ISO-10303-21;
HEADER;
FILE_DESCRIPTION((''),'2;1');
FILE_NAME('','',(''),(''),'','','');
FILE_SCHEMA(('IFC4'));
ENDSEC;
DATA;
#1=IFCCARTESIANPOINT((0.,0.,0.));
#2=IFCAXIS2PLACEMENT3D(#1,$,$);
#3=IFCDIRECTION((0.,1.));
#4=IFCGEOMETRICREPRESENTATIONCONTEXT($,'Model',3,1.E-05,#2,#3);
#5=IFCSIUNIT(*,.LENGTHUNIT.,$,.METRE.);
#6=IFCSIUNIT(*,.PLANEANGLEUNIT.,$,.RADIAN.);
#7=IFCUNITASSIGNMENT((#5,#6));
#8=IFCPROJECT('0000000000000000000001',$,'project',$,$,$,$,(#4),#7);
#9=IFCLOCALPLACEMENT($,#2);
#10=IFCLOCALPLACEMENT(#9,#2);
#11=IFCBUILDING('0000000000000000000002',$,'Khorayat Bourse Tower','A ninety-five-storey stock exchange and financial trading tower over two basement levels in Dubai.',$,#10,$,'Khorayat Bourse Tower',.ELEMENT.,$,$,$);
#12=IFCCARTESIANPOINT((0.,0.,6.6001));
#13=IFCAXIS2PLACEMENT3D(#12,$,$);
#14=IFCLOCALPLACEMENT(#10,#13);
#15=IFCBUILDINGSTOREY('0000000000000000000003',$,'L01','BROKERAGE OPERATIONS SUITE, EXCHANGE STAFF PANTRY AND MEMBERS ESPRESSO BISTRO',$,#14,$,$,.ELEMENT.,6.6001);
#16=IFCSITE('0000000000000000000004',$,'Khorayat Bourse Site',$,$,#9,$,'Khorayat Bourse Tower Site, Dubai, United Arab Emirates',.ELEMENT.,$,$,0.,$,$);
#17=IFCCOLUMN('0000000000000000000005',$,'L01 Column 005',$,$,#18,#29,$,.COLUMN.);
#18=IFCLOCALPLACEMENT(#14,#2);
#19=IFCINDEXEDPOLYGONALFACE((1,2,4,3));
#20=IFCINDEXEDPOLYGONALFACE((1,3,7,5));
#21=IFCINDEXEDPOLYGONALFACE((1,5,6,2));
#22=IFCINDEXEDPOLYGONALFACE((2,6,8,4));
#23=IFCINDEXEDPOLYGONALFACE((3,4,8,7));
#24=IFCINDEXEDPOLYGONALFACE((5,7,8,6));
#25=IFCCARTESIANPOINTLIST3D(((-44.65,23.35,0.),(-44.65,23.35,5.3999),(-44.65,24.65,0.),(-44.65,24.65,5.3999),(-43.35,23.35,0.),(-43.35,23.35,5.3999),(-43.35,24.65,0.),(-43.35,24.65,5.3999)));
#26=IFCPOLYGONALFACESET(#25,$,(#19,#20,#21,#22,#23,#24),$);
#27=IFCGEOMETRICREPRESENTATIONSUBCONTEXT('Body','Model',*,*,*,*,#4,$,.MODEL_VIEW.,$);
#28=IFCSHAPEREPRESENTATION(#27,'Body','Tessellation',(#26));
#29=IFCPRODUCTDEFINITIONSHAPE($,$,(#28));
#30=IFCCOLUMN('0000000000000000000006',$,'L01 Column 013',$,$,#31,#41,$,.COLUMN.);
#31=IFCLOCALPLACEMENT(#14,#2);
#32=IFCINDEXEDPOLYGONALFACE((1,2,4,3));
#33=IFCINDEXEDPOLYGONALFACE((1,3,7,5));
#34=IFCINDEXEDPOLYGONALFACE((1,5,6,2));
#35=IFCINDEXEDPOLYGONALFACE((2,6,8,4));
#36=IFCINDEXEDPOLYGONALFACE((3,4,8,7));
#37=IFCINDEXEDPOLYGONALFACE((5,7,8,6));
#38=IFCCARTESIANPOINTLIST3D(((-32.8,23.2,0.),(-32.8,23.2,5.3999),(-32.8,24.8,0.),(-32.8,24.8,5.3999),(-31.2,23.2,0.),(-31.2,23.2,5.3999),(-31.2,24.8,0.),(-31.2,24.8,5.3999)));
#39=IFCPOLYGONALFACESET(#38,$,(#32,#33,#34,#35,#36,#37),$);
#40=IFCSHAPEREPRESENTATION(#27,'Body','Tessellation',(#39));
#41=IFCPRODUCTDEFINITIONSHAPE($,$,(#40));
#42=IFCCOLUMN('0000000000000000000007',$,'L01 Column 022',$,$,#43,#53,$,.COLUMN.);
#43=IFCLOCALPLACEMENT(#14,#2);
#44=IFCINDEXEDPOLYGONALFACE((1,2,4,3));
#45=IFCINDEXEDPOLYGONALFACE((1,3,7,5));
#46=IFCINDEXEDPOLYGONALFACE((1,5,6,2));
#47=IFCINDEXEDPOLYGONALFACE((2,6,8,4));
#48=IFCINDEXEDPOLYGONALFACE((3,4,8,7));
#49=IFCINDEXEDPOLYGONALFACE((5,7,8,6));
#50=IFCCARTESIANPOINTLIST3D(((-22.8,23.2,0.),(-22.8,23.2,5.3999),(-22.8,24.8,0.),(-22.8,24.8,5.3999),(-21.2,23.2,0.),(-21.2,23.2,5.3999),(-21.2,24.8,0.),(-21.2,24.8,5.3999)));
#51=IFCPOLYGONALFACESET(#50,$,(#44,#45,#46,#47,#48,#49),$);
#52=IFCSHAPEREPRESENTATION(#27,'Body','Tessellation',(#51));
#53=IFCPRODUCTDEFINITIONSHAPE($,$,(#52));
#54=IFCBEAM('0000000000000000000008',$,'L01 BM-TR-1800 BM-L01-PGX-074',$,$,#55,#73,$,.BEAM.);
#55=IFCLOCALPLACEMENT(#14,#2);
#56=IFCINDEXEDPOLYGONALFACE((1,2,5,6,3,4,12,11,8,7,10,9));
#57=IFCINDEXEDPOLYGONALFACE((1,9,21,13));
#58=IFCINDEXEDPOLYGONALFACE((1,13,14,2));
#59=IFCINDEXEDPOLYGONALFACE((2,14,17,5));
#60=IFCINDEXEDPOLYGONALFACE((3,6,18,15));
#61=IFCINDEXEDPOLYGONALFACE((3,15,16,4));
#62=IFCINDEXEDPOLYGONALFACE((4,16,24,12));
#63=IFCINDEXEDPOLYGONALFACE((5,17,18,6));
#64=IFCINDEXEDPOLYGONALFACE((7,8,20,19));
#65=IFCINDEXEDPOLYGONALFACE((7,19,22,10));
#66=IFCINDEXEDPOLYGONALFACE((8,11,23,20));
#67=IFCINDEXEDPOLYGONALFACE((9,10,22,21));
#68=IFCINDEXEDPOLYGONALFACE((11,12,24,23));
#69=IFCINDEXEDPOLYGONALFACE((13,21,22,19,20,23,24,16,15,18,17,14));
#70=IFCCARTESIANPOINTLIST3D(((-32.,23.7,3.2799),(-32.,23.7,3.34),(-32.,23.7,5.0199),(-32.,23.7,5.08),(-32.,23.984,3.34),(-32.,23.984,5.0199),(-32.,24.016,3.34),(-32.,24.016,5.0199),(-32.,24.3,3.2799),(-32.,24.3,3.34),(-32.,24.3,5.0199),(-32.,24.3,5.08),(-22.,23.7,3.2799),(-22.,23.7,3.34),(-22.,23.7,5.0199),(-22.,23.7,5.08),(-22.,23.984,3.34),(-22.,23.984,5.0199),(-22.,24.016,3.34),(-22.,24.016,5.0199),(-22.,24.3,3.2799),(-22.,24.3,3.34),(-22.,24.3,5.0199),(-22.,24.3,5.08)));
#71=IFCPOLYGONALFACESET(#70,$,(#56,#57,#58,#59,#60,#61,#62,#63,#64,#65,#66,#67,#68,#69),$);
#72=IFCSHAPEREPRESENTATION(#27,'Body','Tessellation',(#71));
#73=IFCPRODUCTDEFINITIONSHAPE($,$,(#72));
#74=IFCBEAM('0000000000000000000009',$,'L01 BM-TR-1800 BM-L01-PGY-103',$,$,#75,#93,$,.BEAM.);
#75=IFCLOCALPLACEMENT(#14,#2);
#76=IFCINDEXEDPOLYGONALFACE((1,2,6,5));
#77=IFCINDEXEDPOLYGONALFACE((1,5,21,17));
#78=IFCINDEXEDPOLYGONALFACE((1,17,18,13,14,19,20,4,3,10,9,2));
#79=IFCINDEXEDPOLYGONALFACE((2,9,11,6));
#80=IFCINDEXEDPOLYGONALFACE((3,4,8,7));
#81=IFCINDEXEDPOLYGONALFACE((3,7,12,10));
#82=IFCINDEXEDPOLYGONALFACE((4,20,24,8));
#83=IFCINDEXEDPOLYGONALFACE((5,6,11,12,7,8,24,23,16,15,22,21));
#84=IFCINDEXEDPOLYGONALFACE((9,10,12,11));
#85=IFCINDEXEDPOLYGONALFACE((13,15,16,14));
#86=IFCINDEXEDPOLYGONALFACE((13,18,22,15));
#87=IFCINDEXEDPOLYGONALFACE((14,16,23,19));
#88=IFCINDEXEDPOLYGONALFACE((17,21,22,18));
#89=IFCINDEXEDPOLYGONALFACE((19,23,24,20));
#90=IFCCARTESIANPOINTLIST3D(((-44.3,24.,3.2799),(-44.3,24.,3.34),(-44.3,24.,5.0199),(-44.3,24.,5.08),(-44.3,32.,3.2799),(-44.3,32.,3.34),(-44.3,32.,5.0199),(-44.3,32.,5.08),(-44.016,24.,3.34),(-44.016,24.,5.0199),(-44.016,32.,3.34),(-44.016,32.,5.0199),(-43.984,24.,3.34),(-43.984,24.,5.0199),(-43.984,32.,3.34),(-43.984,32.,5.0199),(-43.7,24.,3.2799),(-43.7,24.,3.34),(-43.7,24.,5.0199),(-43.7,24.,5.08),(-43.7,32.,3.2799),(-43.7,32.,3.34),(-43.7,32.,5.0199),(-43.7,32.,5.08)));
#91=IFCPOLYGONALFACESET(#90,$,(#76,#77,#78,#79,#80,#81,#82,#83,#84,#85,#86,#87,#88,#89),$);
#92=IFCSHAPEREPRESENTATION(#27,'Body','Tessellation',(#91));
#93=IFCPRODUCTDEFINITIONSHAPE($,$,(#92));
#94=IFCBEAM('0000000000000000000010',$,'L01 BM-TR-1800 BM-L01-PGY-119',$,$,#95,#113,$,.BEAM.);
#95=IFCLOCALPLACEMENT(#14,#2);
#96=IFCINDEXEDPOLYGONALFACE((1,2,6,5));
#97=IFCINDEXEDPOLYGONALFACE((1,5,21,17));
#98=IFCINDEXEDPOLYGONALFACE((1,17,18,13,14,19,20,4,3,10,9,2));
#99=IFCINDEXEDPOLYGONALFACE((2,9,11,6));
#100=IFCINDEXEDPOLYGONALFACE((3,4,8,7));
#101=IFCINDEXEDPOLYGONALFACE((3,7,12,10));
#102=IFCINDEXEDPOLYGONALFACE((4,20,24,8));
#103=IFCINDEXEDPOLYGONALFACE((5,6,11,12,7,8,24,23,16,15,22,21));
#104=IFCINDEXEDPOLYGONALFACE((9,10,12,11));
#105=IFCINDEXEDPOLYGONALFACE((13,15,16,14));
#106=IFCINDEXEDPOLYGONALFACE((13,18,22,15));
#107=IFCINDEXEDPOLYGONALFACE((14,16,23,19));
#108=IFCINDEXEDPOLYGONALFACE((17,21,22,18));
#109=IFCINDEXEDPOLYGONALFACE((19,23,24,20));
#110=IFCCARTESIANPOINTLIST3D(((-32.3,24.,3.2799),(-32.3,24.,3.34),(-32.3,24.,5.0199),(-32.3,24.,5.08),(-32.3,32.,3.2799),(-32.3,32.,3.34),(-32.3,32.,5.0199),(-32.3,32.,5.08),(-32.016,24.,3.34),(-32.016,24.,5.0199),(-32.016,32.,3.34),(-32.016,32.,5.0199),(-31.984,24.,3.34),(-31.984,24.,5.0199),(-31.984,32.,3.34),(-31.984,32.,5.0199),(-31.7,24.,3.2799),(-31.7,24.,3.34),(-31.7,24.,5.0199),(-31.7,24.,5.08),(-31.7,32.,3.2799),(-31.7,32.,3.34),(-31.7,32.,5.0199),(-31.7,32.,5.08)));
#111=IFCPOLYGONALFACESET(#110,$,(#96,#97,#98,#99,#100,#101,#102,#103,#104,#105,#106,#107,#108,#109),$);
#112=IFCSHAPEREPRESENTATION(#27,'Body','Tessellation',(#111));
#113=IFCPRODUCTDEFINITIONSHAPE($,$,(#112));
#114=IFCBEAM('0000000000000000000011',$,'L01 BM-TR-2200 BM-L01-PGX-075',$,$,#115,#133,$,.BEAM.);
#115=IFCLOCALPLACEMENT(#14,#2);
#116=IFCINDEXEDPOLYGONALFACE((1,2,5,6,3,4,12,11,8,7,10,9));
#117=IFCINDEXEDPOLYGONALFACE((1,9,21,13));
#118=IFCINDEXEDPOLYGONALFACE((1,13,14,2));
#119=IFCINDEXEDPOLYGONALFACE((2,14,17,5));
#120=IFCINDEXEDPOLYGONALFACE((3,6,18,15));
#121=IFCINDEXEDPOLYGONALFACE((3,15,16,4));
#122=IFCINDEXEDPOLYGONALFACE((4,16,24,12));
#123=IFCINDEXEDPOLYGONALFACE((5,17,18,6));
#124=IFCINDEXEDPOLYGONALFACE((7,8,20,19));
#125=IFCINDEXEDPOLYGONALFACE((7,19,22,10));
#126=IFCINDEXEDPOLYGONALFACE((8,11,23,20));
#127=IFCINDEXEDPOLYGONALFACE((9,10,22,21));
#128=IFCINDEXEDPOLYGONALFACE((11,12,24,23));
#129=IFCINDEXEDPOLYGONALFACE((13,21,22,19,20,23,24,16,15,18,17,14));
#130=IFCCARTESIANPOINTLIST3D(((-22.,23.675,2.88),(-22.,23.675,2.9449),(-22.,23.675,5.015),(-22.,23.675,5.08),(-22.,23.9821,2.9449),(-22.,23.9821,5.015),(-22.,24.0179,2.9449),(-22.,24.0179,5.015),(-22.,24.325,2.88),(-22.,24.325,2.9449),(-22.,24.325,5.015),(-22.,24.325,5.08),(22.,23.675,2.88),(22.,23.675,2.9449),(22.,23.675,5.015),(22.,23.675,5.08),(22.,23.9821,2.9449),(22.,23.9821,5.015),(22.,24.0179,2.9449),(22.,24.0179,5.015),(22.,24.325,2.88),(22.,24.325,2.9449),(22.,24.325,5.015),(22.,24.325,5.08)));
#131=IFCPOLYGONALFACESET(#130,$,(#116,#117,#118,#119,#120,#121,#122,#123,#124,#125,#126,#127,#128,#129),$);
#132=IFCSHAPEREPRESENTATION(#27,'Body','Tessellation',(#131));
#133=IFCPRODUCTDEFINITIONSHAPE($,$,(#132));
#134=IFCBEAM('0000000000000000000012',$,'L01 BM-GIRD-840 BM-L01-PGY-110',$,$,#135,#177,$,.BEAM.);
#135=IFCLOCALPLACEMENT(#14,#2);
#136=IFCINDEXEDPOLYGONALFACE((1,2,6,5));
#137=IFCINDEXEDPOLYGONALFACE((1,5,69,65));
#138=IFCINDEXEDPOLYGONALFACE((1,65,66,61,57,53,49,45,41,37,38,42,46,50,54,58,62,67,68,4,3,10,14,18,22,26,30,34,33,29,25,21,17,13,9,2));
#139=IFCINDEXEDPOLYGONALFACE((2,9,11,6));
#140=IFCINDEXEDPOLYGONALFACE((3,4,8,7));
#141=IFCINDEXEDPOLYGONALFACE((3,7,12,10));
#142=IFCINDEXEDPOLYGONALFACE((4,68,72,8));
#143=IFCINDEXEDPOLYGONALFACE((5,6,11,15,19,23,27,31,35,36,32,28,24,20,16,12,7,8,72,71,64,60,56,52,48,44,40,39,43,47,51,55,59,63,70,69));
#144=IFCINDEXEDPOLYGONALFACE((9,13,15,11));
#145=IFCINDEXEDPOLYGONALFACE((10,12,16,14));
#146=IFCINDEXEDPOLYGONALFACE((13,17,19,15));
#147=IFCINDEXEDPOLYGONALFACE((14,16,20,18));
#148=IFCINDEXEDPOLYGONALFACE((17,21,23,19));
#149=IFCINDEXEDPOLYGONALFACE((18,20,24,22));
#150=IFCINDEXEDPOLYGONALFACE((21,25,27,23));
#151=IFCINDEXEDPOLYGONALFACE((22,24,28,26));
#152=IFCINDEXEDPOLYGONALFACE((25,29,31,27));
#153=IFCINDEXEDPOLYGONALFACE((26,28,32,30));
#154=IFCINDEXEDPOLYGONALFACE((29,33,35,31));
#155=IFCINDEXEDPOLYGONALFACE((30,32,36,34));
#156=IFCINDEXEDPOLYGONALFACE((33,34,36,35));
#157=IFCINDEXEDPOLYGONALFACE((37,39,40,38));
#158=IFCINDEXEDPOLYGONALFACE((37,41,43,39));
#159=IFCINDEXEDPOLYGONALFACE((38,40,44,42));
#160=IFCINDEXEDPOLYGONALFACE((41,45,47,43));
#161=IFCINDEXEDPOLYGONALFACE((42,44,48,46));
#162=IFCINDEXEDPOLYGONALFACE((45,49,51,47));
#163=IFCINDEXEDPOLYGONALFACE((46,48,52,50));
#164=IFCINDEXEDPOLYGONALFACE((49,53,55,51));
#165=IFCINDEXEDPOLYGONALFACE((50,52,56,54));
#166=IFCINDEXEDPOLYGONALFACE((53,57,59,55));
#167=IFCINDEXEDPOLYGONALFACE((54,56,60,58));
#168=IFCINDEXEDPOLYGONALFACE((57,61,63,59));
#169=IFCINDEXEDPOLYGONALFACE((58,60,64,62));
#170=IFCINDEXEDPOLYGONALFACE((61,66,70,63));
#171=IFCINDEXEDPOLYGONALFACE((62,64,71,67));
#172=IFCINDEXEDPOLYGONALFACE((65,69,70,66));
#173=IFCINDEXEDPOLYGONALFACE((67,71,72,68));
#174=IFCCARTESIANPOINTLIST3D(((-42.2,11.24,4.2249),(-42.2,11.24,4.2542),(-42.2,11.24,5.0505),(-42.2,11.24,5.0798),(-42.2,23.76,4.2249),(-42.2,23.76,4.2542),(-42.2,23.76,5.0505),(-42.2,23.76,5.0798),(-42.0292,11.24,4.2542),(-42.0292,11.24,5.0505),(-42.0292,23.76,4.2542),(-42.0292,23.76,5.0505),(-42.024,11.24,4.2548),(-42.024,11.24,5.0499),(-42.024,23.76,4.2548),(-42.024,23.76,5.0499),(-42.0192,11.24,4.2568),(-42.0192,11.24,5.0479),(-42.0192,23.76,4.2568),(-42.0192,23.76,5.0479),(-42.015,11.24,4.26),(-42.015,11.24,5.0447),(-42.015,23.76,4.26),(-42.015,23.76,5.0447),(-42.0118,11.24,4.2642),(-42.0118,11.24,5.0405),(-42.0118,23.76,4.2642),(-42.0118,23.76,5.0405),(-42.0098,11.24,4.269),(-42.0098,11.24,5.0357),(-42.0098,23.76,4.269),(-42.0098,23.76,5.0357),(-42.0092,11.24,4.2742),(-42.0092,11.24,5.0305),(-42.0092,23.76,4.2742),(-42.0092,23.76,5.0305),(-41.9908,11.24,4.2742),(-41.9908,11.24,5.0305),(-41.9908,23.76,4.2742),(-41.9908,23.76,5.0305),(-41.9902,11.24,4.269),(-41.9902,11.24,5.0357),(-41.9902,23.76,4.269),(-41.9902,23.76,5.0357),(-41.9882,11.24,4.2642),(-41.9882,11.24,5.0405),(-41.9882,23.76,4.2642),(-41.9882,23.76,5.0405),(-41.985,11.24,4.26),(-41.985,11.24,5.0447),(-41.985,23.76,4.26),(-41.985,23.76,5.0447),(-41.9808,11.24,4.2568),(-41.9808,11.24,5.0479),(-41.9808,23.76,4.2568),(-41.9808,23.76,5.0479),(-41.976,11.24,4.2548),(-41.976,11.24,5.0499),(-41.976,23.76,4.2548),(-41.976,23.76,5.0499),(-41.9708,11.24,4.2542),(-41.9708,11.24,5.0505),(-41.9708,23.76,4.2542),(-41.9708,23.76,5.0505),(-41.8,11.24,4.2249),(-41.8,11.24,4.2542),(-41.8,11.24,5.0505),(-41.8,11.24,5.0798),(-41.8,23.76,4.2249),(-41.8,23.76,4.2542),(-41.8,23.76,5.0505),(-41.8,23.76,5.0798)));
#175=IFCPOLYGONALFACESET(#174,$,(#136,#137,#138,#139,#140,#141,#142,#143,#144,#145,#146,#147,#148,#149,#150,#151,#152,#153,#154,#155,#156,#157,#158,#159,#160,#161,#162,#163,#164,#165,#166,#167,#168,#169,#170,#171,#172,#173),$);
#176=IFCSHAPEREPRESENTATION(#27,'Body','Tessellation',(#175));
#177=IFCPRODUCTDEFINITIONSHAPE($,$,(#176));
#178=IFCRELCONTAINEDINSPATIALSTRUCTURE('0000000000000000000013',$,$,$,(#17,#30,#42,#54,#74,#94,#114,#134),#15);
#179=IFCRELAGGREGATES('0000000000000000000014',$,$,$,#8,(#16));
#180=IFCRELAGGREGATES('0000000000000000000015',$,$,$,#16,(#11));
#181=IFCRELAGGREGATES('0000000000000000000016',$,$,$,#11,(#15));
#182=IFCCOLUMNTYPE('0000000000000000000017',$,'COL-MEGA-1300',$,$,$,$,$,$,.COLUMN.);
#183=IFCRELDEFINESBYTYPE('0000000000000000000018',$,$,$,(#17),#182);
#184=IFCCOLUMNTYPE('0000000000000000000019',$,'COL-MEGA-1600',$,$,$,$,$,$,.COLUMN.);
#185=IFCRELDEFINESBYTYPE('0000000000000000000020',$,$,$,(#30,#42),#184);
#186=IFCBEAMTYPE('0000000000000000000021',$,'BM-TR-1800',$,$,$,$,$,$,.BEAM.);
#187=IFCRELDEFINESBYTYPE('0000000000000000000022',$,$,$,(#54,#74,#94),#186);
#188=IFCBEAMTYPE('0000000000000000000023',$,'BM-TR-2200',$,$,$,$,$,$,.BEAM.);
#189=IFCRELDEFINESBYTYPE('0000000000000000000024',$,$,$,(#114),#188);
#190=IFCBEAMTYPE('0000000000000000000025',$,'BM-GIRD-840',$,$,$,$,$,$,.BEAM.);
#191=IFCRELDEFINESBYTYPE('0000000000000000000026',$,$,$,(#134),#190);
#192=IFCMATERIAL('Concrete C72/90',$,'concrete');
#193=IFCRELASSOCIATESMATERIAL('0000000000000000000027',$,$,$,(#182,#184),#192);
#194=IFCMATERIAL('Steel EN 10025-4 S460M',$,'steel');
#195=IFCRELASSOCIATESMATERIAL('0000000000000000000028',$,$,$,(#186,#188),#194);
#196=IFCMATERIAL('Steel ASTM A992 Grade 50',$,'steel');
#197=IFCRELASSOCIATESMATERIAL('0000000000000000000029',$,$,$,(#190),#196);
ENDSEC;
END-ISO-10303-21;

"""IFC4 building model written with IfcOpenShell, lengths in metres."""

from ifc_helpers import new_model, si_unit, direction, frame, origin, origin_2d, place, context, subcontext, project, spatial, rectangle, i_section, extrude, source, transform, mapped, material, material_profile, profile_set, type_object, element, save


model = new_model("IFC4")

# Units and contexts
model_context = context("Model", 3, precision=1e-05, world=origin(), true_north=direction((0.0, 1.0)))
body_context = subcontext(model_context, "Body", "Model", "MODEL_VIEW")
ifc_project = project(units=[si_unit("LENGTHUNIT", "METRE"), si_unit("PLANEANGLEUNIT", "RADIAN")], contexts=[model_context])

# Site, building, storey
site_placement = place(None, origin())
site = spatial("IfcSite", under=ifc_project, at=site_placement, Name="Khorayat Bourse Site", LongName="Khorayat Bourse Tower Site, Dubai, United Arab Emirates", CompositionType="ELEMENT", RefElevation=0.0)
building_placement = place(site_placement, origin())
building = spatial("IfcBuilding", under=site, at=building_placement, Name="Khorayat Bourse Tower", Description="A ninety-five-storey stock exchange and financial trading tower over two basement levels in Dubai.", LongName="Khorayat Bourse Tower", CompositionType="ELEMENT")
storey_placement = place(building_placement, frame((0.0, 0.0, 6.6001)))
storey = spatial("IfcBuildingStorey", under=building, at=storey_placement, Name="L01", Description="BROKERAGE OPERATIONS SUITE, EXCHANGE STAFF PANTRY AND MEMBERS ESPRESSO BISTRO", CompositionType="ELEMENT", Elevation=6.6001)

# Columns
ifc_material_1 = material(Name="Concrete C72/90", Category="concrete")
ifc_material_profile_1 = material_profile(ifc_material_1, rectangle(XDim=1.3, YDim=1.3, at=origin_2d()), Name="RC 1300x1300")
ifc_profile_set_1 = profile_set([ifc_material_profile_1], Name="Concrete C72/90")
column_type_1 = type_object("IfcColumnType", Name="COL-MEGA-1300", PredefinedType="COLUMN", material=ifc_profile_set_1)
shared_shape_1 = source(origin(), body_context, "Body", "SweptSolid", [
    extrude(rectangle(XDim=1.3, YDim=1.3, at=origin_2d()), origin(), (0.0, 0.0, 1.0), 5.3999),
])
column_placement = place(storey_placement, frame((-44.0, 24.0, 0.0), z_axis=(0.0, 0.0, 1.0), x_axis=(1.0, 0.0, 0.0)))
element("IfcColumn", 1, at=column_placement, inside=storey, type_object=column_type_1, Name="L01 Column 005", PredefinedType="COLUMN", context=body_context, shape_type="MappedRepresentation", body=[
    mapped(shared_shape_1, transform((0.0, 0.0, 0.0), scale=1.0)),
])
ifc_material_profile_2 = material_profile(ifc_material_1, rectangle(XDim=1.6001, YDim=1.6001, at=origin_2d()), Name="RC 1600x1600")
ifc_profile_set_2 = profile_set([ifc_material_profile_2], Name="Concrete C72/90")
column_type_2 = type_object("IfcColumnType", Name="COL-MEGA-1600", PredefinedType="COLUMN", material=ifc_profile_set_2)
shared_shape_2 = source(origin(), body_context, "Body", "SweptSolid", [
    extrude(rectangle(XDim=1.6001, YDim=1.6001, at=origin_2d()), origin(), (0.0, 0.0, 1.0), 5.3999),
])
for number, where, z_axis, x_axis, name in (
    (2, (-32.0, 24.0, 0.0), (0.0, 0.0, 1.0), (1.0, 0.0, 0.0), "L01 Column 013"),
    (3, (-22.0, 24.0, 0.0), (0.0, 0.0, 1.0), (1.0, 0.0, 0.0), "L01 Column 022"),
):
    element("IfcColumn", number, at=place(storey_placement, frame(where, z_axis=z_axis, x_axis=x_axis)), inside=storey, type_object=column_type_2, Name=name, PredefinedType="COLUMN", context=body_context, shape_type="MappedRepresentation", body=[
        mapped(shared_shape_2, transform((0.0, 0.0, 0.0), scale=1.0)),
    ])

# Beams
ifc_material_2 = material(Name="Steel EN 10025-4 S460M", Category="steel")
ifc_material_profile_3 = material_profile(ifc_material_2, i_section(OverallWidth=0.6001, OverallDepth=1.8, WebThickness=0.032, FlangeThickness=0.0601, at=origin_2d()), Name="PG 1800x600x32x60")
ifc_profile_set_3 = profile_set([ifc_material_profile_3], Name="Steel EN 10025-4 S460M")
beam_type_1 = type_object("IfcBeamType", Name="BM-TR-1800", PredefinedType="BEAM", material=ifc_profile_set_3)
shared_shape_3 = source(origin(), body_context, "Body", "SweptSolid", [
    extrude(i_section(OverallWidth=0.6001, OverallDepth=1.8, WebThickness=0.032, FlangeThickness=0.0601, at=origin_2d()), origin(), (0.0, 0.0, 1.0), 10.0),
])
beam_1_placement = place(storey_placement, frame((-32.0, 24.0, 4.1799), z_axis=(1.0, 0.0, 0.0), x_axis=(0.0, 1.0, 0.0)))
element("IfcBeam", 4, at=beam_1_placement, inside=storey, type_object=beam_type_1, Name="L01 BM-TR-1800 BM-L01-PGX-074", PredefinedType="BEAM", context=body_context, shape_type="MappedRepresentation", body=[
    mapped(shared_shape_3, transform((0.0, 0.0, 0.0), scale=1.0)),
])
shared_shape_4 = source(origin(), body_context, "Body", "SweptSolid", [
    extrude(i_section(OverallWidth=0.6001, OverallDepth=1.8, WebThickness=0.032, FlangeThickness=0.0601, at=origin_2d()), origin(), (0.0, 0.0, 1.0), 8.0),
])
for number, where, z_axis, x_axis, name in (
    (5, (-44.0, 24.0, 4.1799), (0.0, 1.0, 0.0), (-1.0, 0.0, 0.0), "L01 BM-TR-1800 BM-L01-PGY-103"),
    (6, (-32.0, 24.0, 4.1799), (0.0, 1.0, 0.0), (-1.0, 0.0, 0.0), "L01 BM-TR-1800 BM-L01-PGY-119"),
):
    element("IfcBeam", number, at=place(storey_placement, frame(where, z_axis=z_axis, x_axis=x_axis)), inside=storey, type_object=beam_type_1, Name=name, PredefinedType="BEAM", context=body_context, shape_type="MappedRepresentation", body=[
        mapped(shared_shape_4, transform((0.0, 0.0, 0.0), scale=1.0)),
    ])
ifc_material_profile_4 = material_profile(ifc_material_2, i_section(OverallWidth=0.6499, OverallDepth=2.2, WebThickness=0.0359, FlangeThickness=0.0649, at=origin_2d()), Name="PG 2200x650x36x65")
ifc_profile_set_4 = profile_set([ifc_material_profile_4], Name="Steel EN 10025-4 S460M")
beam_type_2 = type_object("IfcBeamType", Name="BM-TR-2200", PredefinedType="BEAM", material=ifc_profile_set_4)
shared_shape_5 = source(origin(), body_context, "Body", "SweptSolid", [
    extrude(i_section(OverallWidth=0.6499, OverallDepth=2.2, WebThickness=0.0359, FlangeThickness=0.0649, at=origin_2d()), origin(), (0.0, 0.0, 1.0), 44.0),
])
beam_2_placement = place(storey_placement, frame((-22.0, 24.0, 3.98), z_axis=(1.0, 0.0, 0.0), x_axis=(0.0, 1.0, 0.0)))
element("IfcBeam", 7, at=beam_2_placement, inside=storey, type_object=beam_type_2, Name="L01 BM-TR-2200 BM-L01-PGX-075", PredefinedType="BEAM", context=body_context, shape_type="MappedRepresentation", body=[
    mapped(shared_shape_5, transform((0.0, 0.0, 0.0), scale=1.0)),
])
ifc_material_3 = material(Name="Steel ASTM A992 Grade 50", Category="steel")
ifc_material_profile_5 = material_profile(ifc_material_3, i_section(OverallWidth=0.3999, OverallDepth=0.855, WebThickness=0.0183, FlangeThickness=0.0293, FilletRadius=0.02, at=origin_2d()), Name="W840X299")
ifc_profile_set_5 = profile_set([ifc_material_profile_5], Name="Steel ASTM A992 Grade 50")
beam_type_3 = type_object("IfcBeamType", Name="BM-GIRD-840", PredefinedType="BEAM", material=ifc_profile_set_5)
shared_shape_6 = source(origin(), body_context, "Body", "SweptSolid", [
    extrude(i_section(OverallWidth=0.3999, OverallDepth=0.855, WebThickness=0.0183, FlangeThickness=0.0293, FilletRadius=0.02, at=origin_2d()), origin(), (0.0, 0.0, 1.0), 12.52),
])
beam_3_placement = place(storey_placement, frame((-42.0, 11.24, 4.6523), z_axis=(0.0, 1.0, 0.0), x_axis=(-1.0, 0.0, 0.0)))
element("IfcBeam", 8, at=beam_3_placement, inside=storey, type_object=beam_type_3, Name="L01 BM-GIRD-840 BM-L01-PGY-110", PredefinedType="BEAM", context=body_context, shape_type="MappedRepresentation", body=[
    mapped(shared_shape_6, transform((0.0, 0.0, 0.0), scale=1.0)),
])

save(model, "model.ifc")
